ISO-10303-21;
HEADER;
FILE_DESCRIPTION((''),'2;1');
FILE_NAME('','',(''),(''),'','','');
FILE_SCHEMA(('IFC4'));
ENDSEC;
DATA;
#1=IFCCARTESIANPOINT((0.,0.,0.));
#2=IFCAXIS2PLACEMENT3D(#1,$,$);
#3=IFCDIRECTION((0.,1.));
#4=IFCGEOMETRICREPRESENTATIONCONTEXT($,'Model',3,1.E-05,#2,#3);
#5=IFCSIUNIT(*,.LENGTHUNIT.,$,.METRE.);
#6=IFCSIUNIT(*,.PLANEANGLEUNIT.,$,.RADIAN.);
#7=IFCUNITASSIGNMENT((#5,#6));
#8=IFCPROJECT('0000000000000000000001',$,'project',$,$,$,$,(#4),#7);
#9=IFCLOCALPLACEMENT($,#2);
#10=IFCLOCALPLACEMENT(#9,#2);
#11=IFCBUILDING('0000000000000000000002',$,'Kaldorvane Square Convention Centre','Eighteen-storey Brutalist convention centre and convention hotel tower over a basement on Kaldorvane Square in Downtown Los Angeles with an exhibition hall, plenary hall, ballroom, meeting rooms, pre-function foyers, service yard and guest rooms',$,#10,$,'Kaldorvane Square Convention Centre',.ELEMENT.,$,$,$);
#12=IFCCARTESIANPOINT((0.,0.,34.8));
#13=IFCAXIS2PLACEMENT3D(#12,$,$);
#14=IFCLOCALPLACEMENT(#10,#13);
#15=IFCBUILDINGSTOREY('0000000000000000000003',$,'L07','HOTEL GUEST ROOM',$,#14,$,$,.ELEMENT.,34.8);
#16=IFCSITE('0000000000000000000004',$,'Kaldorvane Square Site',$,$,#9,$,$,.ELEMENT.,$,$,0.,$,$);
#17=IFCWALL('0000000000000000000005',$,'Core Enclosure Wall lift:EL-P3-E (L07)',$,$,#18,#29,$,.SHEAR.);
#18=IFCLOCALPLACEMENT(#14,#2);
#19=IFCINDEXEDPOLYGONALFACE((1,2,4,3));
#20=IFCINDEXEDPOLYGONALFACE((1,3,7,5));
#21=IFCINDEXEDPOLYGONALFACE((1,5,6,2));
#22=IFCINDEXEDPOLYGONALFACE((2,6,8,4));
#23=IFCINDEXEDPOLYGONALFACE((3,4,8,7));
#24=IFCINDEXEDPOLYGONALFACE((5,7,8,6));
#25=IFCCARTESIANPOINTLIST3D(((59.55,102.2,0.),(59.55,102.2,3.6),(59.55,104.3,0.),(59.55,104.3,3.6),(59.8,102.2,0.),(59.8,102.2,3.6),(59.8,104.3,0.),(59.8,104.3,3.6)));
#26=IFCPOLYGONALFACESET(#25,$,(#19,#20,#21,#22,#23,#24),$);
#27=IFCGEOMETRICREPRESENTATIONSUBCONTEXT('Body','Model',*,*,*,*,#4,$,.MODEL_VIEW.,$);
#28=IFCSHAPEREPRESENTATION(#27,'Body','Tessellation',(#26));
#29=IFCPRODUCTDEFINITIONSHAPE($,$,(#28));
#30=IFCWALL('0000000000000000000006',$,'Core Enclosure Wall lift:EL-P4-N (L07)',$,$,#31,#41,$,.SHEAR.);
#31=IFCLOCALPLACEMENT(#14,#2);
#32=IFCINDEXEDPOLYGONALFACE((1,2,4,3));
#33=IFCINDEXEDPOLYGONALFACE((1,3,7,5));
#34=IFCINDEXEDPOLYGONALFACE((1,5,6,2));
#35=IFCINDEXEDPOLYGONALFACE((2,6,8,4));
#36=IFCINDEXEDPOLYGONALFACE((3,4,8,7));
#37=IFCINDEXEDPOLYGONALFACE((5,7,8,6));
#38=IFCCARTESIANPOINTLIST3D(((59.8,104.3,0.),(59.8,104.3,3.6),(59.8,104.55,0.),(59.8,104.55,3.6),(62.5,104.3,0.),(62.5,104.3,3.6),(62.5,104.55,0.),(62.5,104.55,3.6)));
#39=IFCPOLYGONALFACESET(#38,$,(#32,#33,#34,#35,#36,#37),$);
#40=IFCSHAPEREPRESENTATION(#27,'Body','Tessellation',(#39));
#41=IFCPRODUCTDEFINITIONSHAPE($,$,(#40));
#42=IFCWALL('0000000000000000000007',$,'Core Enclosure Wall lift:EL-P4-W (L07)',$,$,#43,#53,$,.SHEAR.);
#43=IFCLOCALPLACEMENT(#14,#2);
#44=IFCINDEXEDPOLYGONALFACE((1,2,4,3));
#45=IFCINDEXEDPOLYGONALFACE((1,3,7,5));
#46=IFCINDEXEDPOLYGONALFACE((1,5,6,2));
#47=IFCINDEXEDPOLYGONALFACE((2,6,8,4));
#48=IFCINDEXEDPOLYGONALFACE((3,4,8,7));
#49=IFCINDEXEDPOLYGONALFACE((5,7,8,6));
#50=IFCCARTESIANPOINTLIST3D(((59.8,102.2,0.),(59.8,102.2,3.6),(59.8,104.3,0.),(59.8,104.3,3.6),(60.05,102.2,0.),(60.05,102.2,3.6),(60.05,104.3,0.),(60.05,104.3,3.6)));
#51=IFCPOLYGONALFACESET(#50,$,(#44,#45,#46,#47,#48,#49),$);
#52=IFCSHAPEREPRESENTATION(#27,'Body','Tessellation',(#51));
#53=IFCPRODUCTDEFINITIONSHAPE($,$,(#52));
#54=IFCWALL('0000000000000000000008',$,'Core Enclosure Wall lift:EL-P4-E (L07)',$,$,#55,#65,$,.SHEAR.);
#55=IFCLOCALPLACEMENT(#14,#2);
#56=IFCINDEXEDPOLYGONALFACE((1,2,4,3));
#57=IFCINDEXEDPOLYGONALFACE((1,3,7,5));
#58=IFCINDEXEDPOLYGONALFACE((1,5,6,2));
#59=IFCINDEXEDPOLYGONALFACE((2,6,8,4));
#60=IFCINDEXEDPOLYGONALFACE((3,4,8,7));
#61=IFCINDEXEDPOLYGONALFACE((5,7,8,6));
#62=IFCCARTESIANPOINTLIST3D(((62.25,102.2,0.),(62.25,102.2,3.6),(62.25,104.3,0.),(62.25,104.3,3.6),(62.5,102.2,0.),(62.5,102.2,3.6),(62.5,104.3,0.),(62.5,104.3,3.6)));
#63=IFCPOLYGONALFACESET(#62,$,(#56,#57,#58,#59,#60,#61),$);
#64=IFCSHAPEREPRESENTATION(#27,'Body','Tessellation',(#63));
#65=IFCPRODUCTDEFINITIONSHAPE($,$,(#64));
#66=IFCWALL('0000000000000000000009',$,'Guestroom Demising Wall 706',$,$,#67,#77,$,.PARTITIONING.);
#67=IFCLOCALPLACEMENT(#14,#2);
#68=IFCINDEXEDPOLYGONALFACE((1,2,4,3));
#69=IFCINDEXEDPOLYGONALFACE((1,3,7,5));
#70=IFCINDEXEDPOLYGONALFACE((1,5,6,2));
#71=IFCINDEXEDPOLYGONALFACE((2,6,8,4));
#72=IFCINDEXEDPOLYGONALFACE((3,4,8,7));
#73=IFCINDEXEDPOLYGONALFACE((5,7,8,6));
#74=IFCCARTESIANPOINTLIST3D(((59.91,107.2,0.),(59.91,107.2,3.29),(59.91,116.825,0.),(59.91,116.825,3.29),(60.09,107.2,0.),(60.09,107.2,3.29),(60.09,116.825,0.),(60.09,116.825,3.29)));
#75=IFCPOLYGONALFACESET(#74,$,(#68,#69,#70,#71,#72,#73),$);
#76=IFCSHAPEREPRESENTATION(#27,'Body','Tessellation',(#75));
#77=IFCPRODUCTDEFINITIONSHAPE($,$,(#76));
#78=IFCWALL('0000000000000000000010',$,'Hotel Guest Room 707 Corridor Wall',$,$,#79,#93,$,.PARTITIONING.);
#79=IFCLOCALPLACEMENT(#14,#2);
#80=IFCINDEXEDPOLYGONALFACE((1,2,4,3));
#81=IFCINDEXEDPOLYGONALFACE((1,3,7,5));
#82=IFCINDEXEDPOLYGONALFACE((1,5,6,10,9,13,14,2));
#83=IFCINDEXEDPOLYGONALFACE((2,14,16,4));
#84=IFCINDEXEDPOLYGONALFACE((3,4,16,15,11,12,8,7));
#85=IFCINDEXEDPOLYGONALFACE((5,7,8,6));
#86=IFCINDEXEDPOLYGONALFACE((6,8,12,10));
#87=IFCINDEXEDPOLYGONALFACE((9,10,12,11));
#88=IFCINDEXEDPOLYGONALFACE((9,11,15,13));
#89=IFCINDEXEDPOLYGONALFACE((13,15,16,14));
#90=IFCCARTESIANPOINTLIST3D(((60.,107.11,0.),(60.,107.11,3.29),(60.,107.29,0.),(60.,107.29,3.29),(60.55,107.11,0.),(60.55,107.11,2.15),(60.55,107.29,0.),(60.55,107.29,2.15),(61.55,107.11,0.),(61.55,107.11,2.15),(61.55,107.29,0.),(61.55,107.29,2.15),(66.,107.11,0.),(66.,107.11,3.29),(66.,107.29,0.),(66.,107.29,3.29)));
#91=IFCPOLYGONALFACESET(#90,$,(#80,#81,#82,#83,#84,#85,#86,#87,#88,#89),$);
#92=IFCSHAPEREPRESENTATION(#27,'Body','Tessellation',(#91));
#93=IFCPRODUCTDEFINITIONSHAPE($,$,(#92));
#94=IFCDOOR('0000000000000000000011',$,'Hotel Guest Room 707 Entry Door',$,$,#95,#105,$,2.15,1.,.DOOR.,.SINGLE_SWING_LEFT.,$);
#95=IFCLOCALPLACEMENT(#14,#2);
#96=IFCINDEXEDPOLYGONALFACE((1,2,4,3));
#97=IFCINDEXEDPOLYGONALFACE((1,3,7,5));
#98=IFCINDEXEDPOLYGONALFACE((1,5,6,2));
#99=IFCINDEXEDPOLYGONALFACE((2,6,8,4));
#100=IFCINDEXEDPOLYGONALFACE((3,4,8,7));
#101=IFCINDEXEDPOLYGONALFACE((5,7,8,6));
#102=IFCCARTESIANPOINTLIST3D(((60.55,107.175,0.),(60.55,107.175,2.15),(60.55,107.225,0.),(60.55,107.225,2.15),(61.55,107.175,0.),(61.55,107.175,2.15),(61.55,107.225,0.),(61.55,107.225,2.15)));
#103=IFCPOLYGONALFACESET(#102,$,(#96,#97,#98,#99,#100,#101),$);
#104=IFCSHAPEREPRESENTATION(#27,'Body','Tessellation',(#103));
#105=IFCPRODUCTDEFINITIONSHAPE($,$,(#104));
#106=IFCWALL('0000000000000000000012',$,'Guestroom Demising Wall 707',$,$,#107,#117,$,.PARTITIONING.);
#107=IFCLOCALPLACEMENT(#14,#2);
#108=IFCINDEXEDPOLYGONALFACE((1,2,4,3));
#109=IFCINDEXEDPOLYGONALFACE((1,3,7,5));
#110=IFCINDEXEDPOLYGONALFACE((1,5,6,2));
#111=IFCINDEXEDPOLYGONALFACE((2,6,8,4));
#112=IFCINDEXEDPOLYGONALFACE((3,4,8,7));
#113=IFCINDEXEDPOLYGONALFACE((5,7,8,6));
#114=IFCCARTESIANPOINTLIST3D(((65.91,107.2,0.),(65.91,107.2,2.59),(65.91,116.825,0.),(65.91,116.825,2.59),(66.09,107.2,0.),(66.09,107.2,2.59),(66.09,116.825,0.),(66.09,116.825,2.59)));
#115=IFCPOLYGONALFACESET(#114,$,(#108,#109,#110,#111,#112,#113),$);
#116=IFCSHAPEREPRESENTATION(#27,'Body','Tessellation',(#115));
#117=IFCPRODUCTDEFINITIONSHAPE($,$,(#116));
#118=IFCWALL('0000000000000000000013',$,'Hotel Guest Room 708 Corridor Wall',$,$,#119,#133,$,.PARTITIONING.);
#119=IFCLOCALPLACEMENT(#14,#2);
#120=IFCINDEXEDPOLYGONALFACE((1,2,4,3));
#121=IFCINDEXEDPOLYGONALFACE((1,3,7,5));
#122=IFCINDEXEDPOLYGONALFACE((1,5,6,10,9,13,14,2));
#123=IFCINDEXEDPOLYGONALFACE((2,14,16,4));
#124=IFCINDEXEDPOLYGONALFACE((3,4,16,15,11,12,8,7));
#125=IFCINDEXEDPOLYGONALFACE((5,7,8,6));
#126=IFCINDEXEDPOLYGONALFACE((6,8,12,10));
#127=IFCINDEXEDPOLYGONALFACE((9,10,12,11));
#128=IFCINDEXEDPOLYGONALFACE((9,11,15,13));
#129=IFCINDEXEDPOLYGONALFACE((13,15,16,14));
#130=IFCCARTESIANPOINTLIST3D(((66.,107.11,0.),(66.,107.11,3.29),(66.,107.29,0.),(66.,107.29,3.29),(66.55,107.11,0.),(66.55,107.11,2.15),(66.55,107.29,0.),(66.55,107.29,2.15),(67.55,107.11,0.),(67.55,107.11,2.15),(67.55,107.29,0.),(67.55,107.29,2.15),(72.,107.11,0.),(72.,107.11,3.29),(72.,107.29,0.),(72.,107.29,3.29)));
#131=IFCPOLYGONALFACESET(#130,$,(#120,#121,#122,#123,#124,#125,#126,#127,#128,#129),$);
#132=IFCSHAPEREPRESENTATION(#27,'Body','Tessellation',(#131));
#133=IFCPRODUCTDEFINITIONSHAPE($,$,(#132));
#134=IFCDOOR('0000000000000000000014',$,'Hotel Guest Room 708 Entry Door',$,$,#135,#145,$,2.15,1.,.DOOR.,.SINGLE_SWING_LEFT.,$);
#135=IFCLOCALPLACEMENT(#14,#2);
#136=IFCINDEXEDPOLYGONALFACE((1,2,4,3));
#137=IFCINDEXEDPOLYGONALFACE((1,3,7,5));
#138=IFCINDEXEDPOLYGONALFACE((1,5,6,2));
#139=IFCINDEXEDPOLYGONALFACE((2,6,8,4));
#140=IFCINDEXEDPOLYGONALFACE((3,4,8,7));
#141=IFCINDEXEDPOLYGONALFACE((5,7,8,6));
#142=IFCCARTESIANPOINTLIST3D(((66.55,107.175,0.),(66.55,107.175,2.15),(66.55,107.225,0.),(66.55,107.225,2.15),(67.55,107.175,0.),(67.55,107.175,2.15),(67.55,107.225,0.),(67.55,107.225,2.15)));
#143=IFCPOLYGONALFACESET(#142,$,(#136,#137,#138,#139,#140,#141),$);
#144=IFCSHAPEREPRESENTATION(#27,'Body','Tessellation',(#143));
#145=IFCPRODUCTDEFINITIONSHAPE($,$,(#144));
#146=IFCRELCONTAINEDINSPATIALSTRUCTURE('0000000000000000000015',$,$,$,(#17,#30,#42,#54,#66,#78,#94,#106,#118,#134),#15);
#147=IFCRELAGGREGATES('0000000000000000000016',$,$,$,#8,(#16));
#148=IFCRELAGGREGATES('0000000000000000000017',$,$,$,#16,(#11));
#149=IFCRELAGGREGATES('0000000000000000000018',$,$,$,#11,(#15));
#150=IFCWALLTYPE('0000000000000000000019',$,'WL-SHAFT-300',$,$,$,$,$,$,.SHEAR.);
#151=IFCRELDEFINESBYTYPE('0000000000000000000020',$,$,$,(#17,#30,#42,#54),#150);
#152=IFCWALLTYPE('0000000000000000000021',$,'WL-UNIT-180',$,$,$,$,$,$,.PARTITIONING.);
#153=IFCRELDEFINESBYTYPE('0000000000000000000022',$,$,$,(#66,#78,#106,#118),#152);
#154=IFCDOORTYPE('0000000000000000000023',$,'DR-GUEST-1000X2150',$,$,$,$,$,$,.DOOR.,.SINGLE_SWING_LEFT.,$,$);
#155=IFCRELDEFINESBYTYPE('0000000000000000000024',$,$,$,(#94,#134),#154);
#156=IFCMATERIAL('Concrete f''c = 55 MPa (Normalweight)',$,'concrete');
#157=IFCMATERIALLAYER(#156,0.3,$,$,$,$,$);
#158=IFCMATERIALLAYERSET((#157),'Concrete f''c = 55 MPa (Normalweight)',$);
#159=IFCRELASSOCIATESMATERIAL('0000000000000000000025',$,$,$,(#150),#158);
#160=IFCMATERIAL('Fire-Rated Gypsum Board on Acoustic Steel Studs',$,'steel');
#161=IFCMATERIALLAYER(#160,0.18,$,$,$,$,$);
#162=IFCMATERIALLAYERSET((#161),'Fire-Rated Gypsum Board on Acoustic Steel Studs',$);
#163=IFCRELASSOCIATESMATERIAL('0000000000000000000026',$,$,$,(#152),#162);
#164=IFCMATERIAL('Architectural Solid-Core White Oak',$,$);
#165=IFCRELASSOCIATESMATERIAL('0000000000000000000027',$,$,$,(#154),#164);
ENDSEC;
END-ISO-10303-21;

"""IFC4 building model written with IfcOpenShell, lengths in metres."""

from ifc_helpers import new_model, si_unit, direction, frame, frame_2d, origin, place, context, subcontext, project, spatial, rectangle, extrude, material, layer, layer_set, type_object, element, fill, save


model = new_model("IFC4")

# Units and contexts
model_context = context("Model", 3, precision=1e-05, world=origin(), true_north=direction((0.0, 1.0)))
body_context = subcontext(model_context, "Body", "Model", "MODEL_VIEW")
ifc_project = project(units=[si_unit("LENGTHUNIT", "METRE"), si_unit("PLANEANGLEUNIT", "RADIAN")], contexts=[model_context])

# Site, building, storey
site_placement = place(None, origin())
site = spatial("IfcSite", under=ifc_project, at=site_placement, Name="Kaldorvane Square Site", CompositionType="ELEMENT", RefElevation=0.0)
building_placement = place(site_placement, origin())
building = spatial("IfcBuilding", under=site, at=building_placement, Name="Kaldorvane Square Convention Centre", Description="Eighteen-storey Brutalist convention centre and convention hotel tower over a basement on Kaldorvane Square in Downtown Los Angeles with an exhibition hall, plenary hall, ballroom, meeting rooms, pre-function foyers, service yard and guest rooms", LongName="Kaldorvane Square Convention Centre", CompositionType="ELEMENT")
storey_placement = place(building_placement, frame((0.0, 0.0, 34.8)))
storey = spatial("IfcBuildingStorey", under=building, at=storey_placement, Name="L07", Description="HOTEL GUEST ROOM", CompositionType="ELEMENT", Elevation=34.8)

# Shared definitions
ifc_material_1 = material(Name="Concrete f'c = 55 MPa (Normalweight)", Category="concrete")

# Shared definitions
ifc_material_2 = material(Name="Fire-Rated Gypsum Board on Acoustic Steel Studs", Category="steel")

# Shared definitions
ifc_material_3 = material(Name="Architectural Solid-Core White Oak")

# Walls
ifc_layer_1 = layer(ifc_material_1, 0.3)
ifc_layer_set_1 = layer_set([ifc_layer_1], Name="Concrete f'c = 55 MPa (Normalweight)")
wall_type_1 = type_object("IfcWallType", Name="WL-SHAFT-300", PredefinedType="SHEAR", material=ifc_layer_set_1)
wall_1_placement = place(storey_placement, frame((59.675, 102.2, 0.0), z_axis=(0.0, 0.0, 1.0), x_axis=(0.0, 1.0, 0.0)))
element("IfcWall", 1, at=wall_1_placement, inside=storey, type_object=wall_type_1, Name="Core Enclosure Wall lift:EL-P3-E (L07)", PredefinedType="SHEAR", context=body_context, shape_type="SweptSolid", body=[
    extrude(rectangle(XDim=2.1, YDim=0.25, at=frame_2d((1.05, 0.0))), origin(), (0.0, 0.0, 1.0), 3.6),
])
wall_2_placement = place(storey_placement, frame((62.5, 104.425, 0.0), z_axis=(0.0, 0.0, 1.0), x_axis=(-1.0, 0.0, 0.0)))
element("IfcWall", 2, at=wall_2_placement, inside=storey, type_object=wall_type_1, Name="Core Enclosure Wall lift:EL-P4-N (L07)", PredefinedType="SHEAR", context=body_context, shape_type="SweptSolid", body=[
    extrude(rectangle(XDim=2.7, YDim=0.25, at=frame_2d((1.35, 0.0))), origin(), (0.0, 0.0, 1.0), 3.6),
])
for number, where, z_axis, x_axis, name in (
    (3, (59.925, 104.3, 0.0), (0.0, 0.0, 1.0), (0.0, -1.0, 0.0), "Core Enclosure Wall lift:EL-P4-W (L07)"),
    (4, (62.375, 102.2, 0.0), (0.0, 0.0, 1.0), (0.0, 1.0, 0.0), "Core Enclosure Wall lift:EL-P4-E (L07)"),
):
    element("IfcWall", number, at=place(storey_placement, frame(where, z_axis=z_axis, x_axis=x_axis)), inside=storey, type_object=wall_type_1, Name=name, PredefinedType="SHEAR", context=body_context, shape_type="SweptSolid", body=[
        extrude(rectangle(XDim=2.1, YDim=0.25, at=frame_2d((1.05, 0.0))), origin(), (0.0, 0.0, 1.0), 3.6),
    ])
ifc_layer_2 = layer(ifc_material_2, 0.18)
ifc_layer_set_2 = layer_set([ifc_layer_2], Name="Fire-Rated Gypsum Board on Acoustic Steel Studs")
wall_type_2 = type_object("IfcWallType", Name="WL-UNIT-180", PredefinedType="PARTITIONING", material=ifc_layer_set_2)
wall_3_placement = place(storey_placement, frame((60.0, 107.2, 0.0), z_axis=(0.0, 0.0, 1.0), x_axis=(0.0, 1.0, 0.0)))
element("IfcWall", 5, at=wall_3_placement, inside=storey, type_object=wall_type_2, Name="Guestroom Demising Wall 706", PredefinedType="PARTITIONING", context=body_context, shape_type="SweptSolid", body=[
    extrude(rectangle(XDim=9.625, YDim=0.18, at=frame_2d((4.8125, 0.0))), origin(), (0.0, 0.0, 1.0), 3.29),
])

# Wall, opening, door
wall_4_placement = place(storey_placement, frame((60.0, 107.2, 0.0), z_axis=(0.0, 0.0, 1.0), x_axis=(1.0, 0.0, 0.0)))
wall_4 = element("IfcWall", 6, at=wall_4_placement, inside=storey, type_object=wall_type_2, Name="Hotel Guest Room 707 Corridor Wall", PredefinedType="PARTITIONING", context=body_context, shape_type="SweptSolid", body=[
    extrude(rectangle(XDim=6.0, YDim=0.18, at=frame_2d((3.0, 0.0))), origin(), (0.0, 0.0, 1.0), 3.29),
])
opening_1_placement = place(wall_4_placement, frame((0.55, 0.0, 0.0)))
opening_1 = element("IfcOpeningElement", 7, at=opening_1_placement, cuts=wall_4, PredefinedType="OPENING", context=body_context, shape_type="SweptSolid", body=[
    extrude(rectangle(XDim=1.0, YDim=2.15, at=frame_2d((0.5, 1.075))), frame((0.0, 0.105, 0.0), z_axis=(0.0, -1.0, 0.0), x_axis=(1.0, 0.0, 0.0)), (0.0, 0.0, 1.0), 0.21),
])
door_type_1 = type_object("IfcDoorType", Name="DR-GUEST-1000X2150", OperationType="SINGLE_SWING_LEFT", PredefinedType="DOOR", material=ifc_material_3)
door_1_placement = place(opening_1_placement, origin())
door_1 = element("IfcDoor", 8, at=door_1_placement, inside=storey, type_object=door_type_1, Name="Hotel Guest Room 707 Entry Door", OperationType="SINGLE_SWING_LEFT", OverallHeight=2.15, OverallWidth=1.0, PredefinedType="DOOR", context=body_context, shape_type="SweptSolid", body=[
    extrude(rectangle(XDim=1.0, YDim=2.15, at=frame_2d((0.5, 1.075))), frame((0.0, 0.025, 0.0), z_axis=(0.0, -1.0, 0.0), x_axis=(1.0, 0.0, 0.0)), (0.0, 0.0, 1.0), 0.05),
])
fill(opening_1, door_1)

# Wall
wall_5_placement = place(storey_placement, frame((66.0, 107.2, 0.0), z_axis=(0.0, 0.0, 1.0), x_axis=(0.0, 1.0, 0.0)))
element("IfcWall", 9, at=wall_5_placement, inside=storey, type_object=wall_type_2, Name="Guestroom Demising Wall 707", PredefinedType="PARTITIONING", context=body_context, shape_type="SweptSolid", body=[
    extrude(rectangle(XDim=9.625, YDim=0.18, at=frame_2d((4.8125, 0.0))), origin(), (0.0, 0.0, 1.0), 2.59),
])

# Wall, opening, door
wall_6_placement = place(storey_placement, frame((66.0, 107.2, 0.0), z_axis=(0.0, 0.0, 1.0), x_axis=(1.0, 0.0, 0.0)))
wall_6 = element("IfcWall", 10, at=wall_6_placement, inside=storey, type_object=wall_type_2, Name="Hotel Guest Room 708 Corridor Wall", PredefinedType="PARTITIONING", context=body_context, shape_type="SweptSolid", body=[
    extrude(rectangle(XDim=6.0, YDim=0.18, at=frame_2d((3.0, 0.0))), origin(), (0.0, 0.0, 1.0), 3.29),
])
opening_2_placement = place(wall_6_placement, frame((0.55, 0.0, 0.0)))
opening_2 = element("IfcOpeningElement", 11, at=opening_2_placement, cuts=wall_6, PredefinedType="OPENING", context=body_context, shape_type="SweptSolid", body=[
    extrude(rectangle(XDim=1.0, YDim=2.15, at=frame_2d((0.5, 1.075))), frame((0.0, 0.105, 0.0), z_axis=(0.0, -1.0, 0.0), x_axis=(1.0, 0.0, 0.0)), (0.0, 0.0, 1.0), 0.21),
])
door_2_placement = place(opening_2_placement, origin())
door_2 = element("IfcDoor", 12, at=door_2_placement, inside=storey, type_object=door_type_1, Name="Hotel Guest Room 708 Entry Door", OperationType="SINGLE_SWING_LEFT", OverallHeight=2.15, OverallWidth=1.0, PredefinedType="DOOR", context=body_context, shape_type="SweptSolid", body=[
    extrude(rectangle(XDim=1.0, YDim=2.15, at=frame_2d((0.5, 1.075))), frame((0.0, 0.025, 0.0), z_axis=(0.0, -1.0, 0.0), x_axis=(1.0, 0.0, 0.0)), (0.0, 0.0, 1.0), 0.05),
])
fill(opening_2, door_2)

save(model, "model.ifc")
